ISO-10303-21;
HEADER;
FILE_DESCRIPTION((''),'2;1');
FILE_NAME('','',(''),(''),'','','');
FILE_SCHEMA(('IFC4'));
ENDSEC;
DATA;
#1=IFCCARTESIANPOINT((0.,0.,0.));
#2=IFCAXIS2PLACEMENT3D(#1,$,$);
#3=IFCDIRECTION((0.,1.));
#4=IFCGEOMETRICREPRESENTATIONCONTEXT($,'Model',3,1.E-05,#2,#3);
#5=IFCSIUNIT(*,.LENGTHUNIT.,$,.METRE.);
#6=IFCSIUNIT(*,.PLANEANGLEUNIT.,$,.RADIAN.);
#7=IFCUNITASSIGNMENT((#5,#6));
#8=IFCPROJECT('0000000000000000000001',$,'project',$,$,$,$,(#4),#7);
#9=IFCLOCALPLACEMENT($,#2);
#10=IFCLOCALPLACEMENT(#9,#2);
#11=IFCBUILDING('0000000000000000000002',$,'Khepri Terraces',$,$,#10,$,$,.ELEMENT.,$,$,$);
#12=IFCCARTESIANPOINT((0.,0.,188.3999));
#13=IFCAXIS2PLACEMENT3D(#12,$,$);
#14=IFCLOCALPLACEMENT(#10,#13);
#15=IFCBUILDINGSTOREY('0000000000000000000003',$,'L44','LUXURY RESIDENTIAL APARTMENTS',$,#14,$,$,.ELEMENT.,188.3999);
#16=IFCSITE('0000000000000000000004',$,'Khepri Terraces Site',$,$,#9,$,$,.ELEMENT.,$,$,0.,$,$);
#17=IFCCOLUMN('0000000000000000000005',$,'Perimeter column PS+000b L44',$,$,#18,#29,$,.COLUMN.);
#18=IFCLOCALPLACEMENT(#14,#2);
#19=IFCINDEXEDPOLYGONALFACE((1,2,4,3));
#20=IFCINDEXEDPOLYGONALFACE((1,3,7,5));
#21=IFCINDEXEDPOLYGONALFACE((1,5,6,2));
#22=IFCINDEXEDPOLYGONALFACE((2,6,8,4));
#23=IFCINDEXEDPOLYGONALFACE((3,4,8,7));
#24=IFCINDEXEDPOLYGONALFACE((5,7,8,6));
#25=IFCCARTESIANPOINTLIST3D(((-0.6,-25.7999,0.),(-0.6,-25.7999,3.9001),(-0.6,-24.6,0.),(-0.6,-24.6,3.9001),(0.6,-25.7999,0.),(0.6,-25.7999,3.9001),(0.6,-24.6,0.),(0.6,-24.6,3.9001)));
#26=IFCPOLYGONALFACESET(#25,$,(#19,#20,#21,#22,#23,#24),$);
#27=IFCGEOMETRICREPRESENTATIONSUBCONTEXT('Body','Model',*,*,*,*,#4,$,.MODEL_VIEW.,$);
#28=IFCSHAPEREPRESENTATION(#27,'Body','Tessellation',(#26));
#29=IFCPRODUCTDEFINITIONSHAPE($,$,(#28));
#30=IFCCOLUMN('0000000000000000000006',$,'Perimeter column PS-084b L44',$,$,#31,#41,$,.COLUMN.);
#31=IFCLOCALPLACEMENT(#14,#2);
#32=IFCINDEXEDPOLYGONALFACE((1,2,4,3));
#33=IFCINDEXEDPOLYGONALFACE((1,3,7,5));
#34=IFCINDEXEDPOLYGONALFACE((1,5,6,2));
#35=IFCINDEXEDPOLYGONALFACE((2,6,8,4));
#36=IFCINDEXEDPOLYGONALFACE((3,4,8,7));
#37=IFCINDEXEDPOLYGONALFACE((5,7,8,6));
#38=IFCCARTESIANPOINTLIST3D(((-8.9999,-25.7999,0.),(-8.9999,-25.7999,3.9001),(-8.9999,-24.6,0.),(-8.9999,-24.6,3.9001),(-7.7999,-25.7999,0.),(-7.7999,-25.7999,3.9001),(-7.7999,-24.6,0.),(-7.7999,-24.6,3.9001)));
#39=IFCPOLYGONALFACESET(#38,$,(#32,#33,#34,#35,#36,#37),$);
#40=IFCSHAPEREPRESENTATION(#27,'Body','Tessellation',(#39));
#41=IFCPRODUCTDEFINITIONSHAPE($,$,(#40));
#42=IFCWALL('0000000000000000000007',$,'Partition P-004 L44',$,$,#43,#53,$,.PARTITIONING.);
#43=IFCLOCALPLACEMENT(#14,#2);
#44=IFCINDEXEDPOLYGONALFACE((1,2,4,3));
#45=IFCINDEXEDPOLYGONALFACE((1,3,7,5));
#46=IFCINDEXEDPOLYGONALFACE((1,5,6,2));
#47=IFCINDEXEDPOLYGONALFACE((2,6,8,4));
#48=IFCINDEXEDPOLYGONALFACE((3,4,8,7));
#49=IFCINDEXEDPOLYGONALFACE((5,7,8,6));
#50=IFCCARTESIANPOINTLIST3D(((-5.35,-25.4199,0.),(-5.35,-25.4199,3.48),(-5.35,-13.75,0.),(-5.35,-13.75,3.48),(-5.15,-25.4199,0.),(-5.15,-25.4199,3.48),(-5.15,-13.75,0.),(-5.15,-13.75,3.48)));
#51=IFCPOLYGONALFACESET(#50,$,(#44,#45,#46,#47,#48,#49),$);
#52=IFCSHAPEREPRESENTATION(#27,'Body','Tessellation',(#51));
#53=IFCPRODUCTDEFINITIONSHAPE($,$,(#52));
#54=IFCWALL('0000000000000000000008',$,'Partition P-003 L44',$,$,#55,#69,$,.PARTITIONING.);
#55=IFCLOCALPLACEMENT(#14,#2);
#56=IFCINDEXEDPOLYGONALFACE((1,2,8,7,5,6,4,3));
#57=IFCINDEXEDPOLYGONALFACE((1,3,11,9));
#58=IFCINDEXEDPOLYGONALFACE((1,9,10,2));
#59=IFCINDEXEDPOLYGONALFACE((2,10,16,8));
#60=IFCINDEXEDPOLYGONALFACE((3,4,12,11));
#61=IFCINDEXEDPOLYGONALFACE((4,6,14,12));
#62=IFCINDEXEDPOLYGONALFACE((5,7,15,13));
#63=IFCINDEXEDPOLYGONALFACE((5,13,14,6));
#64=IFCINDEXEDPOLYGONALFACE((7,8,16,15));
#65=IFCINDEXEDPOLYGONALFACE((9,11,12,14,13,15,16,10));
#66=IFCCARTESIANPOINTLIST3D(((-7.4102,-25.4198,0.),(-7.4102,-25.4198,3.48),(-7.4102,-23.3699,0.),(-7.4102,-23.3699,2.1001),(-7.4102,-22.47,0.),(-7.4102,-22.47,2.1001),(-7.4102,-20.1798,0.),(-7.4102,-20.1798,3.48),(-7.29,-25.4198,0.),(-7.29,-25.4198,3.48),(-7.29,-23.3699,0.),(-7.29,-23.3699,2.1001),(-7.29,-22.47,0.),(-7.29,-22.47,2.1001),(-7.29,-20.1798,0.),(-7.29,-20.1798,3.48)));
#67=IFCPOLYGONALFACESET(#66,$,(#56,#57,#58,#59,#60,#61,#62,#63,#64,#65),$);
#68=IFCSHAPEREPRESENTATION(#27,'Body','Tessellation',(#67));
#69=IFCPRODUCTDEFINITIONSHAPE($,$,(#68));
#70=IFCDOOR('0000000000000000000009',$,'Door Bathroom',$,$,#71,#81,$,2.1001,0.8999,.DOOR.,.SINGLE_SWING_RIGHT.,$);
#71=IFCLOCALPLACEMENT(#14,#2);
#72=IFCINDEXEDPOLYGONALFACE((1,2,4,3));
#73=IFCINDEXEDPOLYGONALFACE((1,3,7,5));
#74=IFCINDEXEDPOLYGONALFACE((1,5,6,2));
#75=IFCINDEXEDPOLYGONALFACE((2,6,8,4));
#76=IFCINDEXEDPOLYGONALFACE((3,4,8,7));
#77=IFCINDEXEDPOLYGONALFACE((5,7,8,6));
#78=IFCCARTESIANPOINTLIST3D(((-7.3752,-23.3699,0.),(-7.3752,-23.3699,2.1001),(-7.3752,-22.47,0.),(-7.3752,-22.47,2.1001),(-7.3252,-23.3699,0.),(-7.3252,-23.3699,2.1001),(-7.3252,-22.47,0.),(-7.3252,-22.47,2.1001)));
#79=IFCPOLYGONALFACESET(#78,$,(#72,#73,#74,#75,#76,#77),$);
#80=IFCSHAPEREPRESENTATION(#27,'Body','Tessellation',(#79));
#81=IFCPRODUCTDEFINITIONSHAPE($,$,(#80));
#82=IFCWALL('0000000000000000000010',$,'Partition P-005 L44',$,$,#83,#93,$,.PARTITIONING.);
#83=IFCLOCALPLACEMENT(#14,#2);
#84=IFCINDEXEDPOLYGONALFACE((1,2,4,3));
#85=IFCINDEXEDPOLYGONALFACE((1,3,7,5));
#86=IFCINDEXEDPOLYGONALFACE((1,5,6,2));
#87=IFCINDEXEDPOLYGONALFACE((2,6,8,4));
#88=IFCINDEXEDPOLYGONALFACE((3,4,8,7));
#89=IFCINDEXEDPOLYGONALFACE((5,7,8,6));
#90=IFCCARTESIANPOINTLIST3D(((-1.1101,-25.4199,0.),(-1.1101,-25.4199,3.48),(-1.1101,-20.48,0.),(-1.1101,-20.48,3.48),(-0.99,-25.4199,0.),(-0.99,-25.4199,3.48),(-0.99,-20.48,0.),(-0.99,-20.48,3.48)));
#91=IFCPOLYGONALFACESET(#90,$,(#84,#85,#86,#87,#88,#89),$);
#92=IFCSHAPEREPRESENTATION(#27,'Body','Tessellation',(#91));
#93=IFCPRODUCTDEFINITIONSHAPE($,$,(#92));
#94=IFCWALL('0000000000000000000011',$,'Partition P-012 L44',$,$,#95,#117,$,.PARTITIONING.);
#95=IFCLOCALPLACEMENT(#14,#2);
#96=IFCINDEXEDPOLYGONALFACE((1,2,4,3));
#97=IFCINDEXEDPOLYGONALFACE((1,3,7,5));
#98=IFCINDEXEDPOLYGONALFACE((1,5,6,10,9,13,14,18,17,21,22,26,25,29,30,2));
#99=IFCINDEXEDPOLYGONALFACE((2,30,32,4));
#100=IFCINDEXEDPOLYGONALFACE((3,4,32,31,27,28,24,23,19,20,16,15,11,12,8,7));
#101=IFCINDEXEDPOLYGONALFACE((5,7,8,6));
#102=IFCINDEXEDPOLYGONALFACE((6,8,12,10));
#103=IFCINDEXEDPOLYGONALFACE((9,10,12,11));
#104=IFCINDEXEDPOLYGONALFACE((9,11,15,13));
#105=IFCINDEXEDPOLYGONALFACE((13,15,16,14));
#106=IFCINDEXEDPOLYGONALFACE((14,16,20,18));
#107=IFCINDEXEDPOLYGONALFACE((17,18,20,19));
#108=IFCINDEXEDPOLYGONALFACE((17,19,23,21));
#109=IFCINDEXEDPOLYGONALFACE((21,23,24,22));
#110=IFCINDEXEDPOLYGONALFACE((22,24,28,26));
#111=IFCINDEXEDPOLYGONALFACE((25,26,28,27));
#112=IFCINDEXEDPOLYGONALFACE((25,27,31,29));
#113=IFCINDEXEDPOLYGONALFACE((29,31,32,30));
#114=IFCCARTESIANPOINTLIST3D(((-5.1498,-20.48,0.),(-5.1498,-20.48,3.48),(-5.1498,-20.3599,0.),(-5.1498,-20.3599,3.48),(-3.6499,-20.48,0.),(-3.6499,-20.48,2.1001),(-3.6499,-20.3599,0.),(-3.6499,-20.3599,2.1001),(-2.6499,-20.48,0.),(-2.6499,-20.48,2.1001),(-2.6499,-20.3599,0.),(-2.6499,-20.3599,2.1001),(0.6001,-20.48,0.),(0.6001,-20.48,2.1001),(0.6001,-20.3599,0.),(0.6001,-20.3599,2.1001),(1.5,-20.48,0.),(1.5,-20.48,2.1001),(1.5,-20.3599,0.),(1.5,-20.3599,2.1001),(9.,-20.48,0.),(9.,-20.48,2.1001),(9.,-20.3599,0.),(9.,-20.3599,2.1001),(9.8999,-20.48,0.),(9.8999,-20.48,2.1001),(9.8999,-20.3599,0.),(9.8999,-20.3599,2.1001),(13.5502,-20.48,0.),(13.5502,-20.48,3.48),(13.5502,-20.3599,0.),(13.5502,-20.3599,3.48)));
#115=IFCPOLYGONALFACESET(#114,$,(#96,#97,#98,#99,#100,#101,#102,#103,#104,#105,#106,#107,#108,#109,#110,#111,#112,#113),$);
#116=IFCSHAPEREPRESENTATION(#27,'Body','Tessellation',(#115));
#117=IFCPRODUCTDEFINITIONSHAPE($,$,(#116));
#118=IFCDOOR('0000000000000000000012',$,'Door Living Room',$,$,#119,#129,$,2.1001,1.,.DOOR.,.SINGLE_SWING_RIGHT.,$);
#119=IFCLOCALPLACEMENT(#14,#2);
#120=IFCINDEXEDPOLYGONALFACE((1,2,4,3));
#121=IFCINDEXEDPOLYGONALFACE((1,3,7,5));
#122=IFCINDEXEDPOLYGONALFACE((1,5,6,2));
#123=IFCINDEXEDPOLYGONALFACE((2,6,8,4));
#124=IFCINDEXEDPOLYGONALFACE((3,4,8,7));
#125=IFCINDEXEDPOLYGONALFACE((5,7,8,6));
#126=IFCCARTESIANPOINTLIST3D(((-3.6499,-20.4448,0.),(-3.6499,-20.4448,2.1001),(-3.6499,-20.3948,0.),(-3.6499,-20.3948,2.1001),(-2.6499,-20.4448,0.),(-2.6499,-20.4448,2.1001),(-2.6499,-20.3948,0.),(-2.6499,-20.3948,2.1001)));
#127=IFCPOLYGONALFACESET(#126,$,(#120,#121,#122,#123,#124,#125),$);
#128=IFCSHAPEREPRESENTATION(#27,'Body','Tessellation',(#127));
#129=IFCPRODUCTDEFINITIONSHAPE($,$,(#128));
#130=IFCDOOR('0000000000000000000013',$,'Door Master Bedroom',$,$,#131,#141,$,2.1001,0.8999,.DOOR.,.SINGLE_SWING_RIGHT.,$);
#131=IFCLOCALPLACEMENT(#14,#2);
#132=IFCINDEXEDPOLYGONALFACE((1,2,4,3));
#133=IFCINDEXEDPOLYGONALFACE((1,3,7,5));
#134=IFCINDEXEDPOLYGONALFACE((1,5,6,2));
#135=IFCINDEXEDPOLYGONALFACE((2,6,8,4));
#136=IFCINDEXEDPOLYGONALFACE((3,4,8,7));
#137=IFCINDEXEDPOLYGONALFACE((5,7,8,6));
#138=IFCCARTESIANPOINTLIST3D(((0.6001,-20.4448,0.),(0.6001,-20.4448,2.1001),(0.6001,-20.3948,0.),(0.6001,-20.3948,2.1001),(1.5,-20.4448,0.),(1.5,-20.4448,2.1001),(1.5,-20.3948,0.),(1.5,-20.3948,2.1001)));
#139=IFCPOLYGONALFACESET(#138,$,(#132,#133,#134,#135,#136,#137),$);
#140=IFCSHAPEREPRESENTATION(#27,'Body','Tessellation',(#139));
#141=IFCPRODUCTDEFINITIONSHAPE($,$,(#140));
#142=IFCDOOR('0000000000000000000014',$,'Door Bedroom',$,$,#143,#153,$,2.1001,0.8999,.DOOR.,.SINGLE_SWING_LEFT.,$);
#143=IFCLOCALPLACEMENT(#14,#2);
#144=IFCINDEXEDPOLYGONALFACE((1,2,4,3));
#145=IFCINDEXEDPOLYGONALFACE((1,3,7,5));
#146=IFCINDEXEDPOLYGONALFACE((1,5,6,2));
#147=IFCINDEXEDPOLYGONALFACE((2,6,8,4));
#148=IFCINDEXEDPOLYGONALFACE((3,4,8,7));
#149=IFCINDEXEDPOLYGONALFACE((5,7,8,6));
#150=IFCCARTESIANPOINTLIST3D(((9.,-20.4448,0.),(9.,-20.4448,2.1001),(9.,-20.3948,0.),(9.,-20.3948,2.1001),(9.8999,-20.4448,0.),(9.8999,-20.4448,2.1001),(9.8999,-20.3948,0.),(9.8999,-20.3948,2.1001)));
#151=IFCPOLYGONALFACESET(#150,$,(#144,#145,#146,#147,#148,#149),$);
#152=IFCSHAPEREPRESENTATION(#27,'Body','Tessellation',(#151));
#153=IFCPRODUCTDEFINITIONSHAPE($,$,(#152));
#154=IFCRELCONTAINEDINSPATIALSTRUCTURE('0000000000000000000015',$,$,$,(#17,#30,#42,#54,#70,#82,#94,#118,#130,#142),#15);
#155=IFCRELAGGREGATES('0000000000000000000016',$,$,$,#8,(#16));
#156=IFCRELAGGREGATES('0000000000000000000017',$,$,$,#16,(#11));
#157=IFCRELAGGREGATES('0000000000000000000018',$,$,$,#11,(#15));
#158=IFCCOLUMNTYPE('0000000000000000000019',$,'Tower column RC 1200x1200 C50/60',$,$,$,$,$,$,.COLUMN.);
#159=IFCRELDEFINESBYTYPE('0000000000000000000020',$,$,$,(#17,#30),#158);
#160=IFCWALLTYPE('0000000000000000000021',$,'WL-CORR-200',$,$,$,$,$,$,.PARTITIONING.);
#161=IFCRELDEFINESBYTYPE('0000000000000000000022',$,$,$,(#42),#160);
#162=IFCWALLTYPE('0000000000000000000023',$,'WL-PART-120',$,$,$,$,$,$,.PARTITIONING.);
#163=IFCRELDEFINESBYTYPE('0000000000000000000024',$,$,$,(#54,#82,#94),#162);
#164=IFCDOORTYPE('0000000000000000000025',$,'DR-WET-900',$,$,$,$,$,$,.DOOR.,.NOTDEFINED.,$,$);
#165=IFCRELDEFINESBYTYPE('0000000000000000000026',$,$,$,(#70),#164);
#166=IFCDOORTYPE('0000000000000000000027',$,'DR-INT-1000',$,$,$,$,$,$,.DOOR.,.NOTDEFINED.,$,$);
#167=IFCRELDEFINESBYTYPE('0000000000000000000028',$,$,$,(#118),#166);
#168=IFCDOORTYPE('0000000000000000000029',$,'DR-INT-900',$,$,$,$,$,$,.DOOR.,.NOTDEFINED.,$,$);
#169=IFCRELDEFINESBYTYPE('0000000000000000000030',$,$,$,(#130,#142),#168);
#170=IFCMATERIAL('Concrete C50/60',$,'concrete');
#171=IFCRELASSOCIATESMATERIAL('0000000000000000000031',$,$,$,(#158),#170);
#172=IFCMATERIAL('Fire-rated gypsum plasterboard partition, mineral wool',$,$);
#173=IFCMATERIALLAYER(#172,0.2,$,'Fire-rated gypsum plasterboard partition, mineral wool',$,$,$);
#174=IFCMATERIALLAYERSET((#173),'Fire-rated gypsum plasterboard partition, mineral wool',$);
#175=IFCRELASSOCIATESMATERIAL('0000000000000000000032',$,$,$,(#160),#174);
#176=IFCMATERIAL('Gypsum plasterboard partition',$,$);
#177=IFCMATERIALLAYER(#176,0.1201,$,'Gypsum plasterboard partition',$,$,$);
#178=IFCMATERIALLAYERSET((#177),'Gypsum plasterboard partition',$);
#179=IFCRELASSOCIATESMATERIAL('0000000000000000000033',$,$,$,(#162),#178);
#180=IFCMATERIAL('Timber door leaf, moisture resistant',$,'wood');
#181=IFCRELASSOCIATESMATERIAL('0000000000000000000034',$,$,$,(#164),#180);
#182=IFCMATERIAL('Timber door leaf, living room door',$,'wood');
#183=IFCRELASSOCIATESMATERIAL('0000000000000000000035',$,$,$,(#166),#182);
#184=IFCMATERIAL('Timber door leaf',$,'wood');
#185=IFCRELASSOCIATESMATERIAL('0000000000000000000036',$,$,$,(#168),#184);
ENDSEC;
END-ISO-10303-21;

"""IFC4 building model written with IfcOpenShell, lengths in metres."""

from ifc_helpers import new_model, si_unit, direction, frame, frame_2d, origin, origin_2d, place, context, subcontext, project, spatial, rectangle, extrude, material, layer, layer_set, material_profile, profile_set, type_object, element, fill, save


model = new_model("IFC4")

# Units and contexts
model_context = context("Model", 3, precision=1e-05, world=origin(), true_north=direction((0.0, 1.0)))
body_context = subcontext(model_context, "Body", "Model", "MODEL_VIEW")
ifc_project = project(units=[si_unit("LENGTHUNIT", "METRE"), si_unit("PLANEANGLEUNIT", "RADIAN")], contexts=[model_context])

# Site, building, storey
site_placement = place(None, origin())
site = spatial("IfcSite", under=ifc_project, at=site_placement, Name="Khepri Terraces Site", CompositionType="ELEMENT", RefElevation=0.0)
building_placement = place(site_placement, origin())
building = spatial("IfcBuilding", under=site, at=building_placement, Name="Khepri Terraces", CompositionType="ELEMENT")
storey_placement = place(building_placement, frame((0.0, 0.0, 188.3999)))
storey = spatial("IfcBuildingStorey", under=building, at=storey_placement, Name="L44", Description="LUXURY RESIDENTIAL APARTMENTS", CompositionType="ELEMENT", Elevation=188.3999)

# Columns
ifc_material_1 = material(Name="Concrete C50/60", Category="concrete")
ifc_material_profile = material_profile(ifc_material_1, rectangle(XDim=1.2, YDim=1.2, at=origin_2d()), Name="Concrete C50/60", Category="concrete")
ifc_profile_set = profile_set([ifc_material_profile], Name="Concrete C50/60")
column_type = type_object("IfcColumnType", Name="Tower column RC 1200x1200 C50/60", PredefinedType="COLUMN", material=ifc_profile_set)
for number, where, z_axis, x_axis, name in (
    (1, (0.0, -25.2, 0.0), (0.0, 0.0, 1.0), (1.0, 0.0, 0.0), "Perimeter column PS+000b L44"),
    (2, (-8.3999, -25.2, 0.0), (0.0, 0.0, 1.0), (1.0, 0.0, 0.0), "Perimeter column PS-084b L44"),
):
    element("IfcColumn", number, at=place(storey_placement, frame(where, z_axis=z_axis, x_axis=x_axis)), inside=storey, type_object=column_type, Name=name, PredefinedType="COLUMN", context=body_context, shape_type="SweptSolid", body=[
        extrude(rectangle(XDim=1.2, YDim=1.2, at=origin_2d()), origin(), (0.0, 0.0, 1.0), 3.9001),
    ])

# Wall
ifc_material_2 = material(Name="Fire-rated gypsum plasterboard partition, mineral wool")
ifc_layer_1 = layer(ifc_material_2, 0.2, Name="Fire-rated gypsum plasterboard partition, mineral wool")
ifc_layer_set_1 = layer_set([ifc_layer_1], Name="Fire-rated gypsum plasterboard partition, mineral wool")
wall_type_1 = type_object("IfcWallType", Name="WL-CORR-200", PredefinedType="PARTITIONING", material=ifc_layer_set_1)
wall_1_placement = place(storey_placement, frame((-5.25, -25.4199, 0.0), z_axis=(0.0, 0.0, 1.0), x_axis=(0.0, 1.0, 0.0)))
element("IfcWall", 3, at=wall_1_placement, inside=storey, type_object=wall_type_1, Name="Partition P-004 L44", PredefinedType="PARTITIONING", context=body_context, shape_type="SweptSolid", body=[
    extrude(rectangle(XDim=11.6699, YDim=0.2, at=frame_2d((5.835, 0.0))), origin(), (0.0, 0.0, 1.0), 3.48),
])

# Wall, opening, door
ifc_material_3 = material(Name="Gypsum plasterboard partition")
ifc_layer_2 = layer(ifc_material_3, 0.1201, Name="Gypsum plasterboard partition")
ifc_layer_set_2 = layer_set([ifc_layer_2], Name="Gypsum plasterboard partition")
wall_type_2 = type_object("IfcWallType", Name="WL-PART-120", PredefinedType="PARTITIONING", material=ifc_layer_set_2)
wall_2_placement = place(storey_placement, frame((-7.3501, -25.4199, 0.0), z_axis=(0.0, 0.0, 1.0), x_axis=(0.0, 1.0, 0.0)))
wall_2 = element("IfcWall", 4, at=wall_2_placement, inside=storey, type_object=wall_type_2, Name="Partition P-003 L44", PredefinedType="PARTITIONING", context=body_context, shape_type="SweptSolid", body=[
    extrude(rectangle(XDim=5.24, YDim=0.1201, at=frame_2d((2.6201, 0.0))), origin(), (0.0, 0.0, 1.0), 3.48),
])
opening_1_placement = place(wall_2_placement, frame((2.05, 0.0, 0.0)))
opening_1 = element("IfcOpeningElement", 5, at=opening_1_placement, cuts=wall_2, PredefinedType="OPENING", context=body_context, shape_type="SweptSolid", body=[
    extrude(rectangle(XDim=0.8999, YDim=2.1001, at=frame_2d((0.45, 1.05))), frame((0.0, 0.0701, 0.0), z_axis=(0.0, -1.0, 0.0), x_axis=(1.0, 0.0, 0.0)), (0.0, 0.0, 1.0), 0.1401),
])
ifc_material_4 = material(Name="Timber door leaf, moisture resistant", Category="wood")
door_type_1 = type_object("IfcDoorType", Name="DR-WET-900", OperationType="NOTDEFINED", PredefinedType="DOOR", material=ifc_material_4)
door_1_placement = place(opening_1_placement, frame((0.8999, 0.0, 0.0), z_axis=(0.0, 0.0, 1.0), x_axis=(-1.0, 0.0, 0.0)))
door_1 = element("IfcDoor", 6, at=door_1_placement, inside=storey, type_object=door_type_1, Name="Door Bathroom", OperationType="SINGLE_SWING_RIGHT", OverallHeight=2.1001, OverallWidth=0.8999, PredefinedType="DOOR", context=body_context, shape_type="SweptSolid", body=[
    extrude(rectangle(XDim=0.8999, YDim=2.1001, at=frame_2d((0.45, 1.05))), frame((0.0, 0.0249, 0.0), z_axis=(0.0, -1.0, 0.0), x_axis=(1.0, 0.0, 0.0)), (0.0, 0.0, 1.0), 0.05),
])
fill(opening_1, door_1)

# Wall
wall_3_placement = place(storey_placement, frame((-1.05, -25.4199, 0.0), z_axis=(0.0, 0.0, 1.0), x_axis=(0.0, 1.0, 0.0)))
element("IfcWall", 7, at=wall_3_placement, inside=storey, type_object=wall_type_2, Name="Partition P-005 L44", PredefinedType="PARTITIONING", context=body_context, shape_type="SweptSolid", body=[
    extrude(rectangle(XDim=4.9399, YDim=0.1201, at=frame_2d((2.47, 0.0))), origin(), (0.0, 0.0, 1.0), 3.48),
])

# Wall, openings, doors
wall_4_placement = place(storey_placement, frame((-5.1499, -20.4199, 0.0), z_axis=(0.0, 0.0, 1.0), x_axis=(1.0, 0.0, 0.0)))
wall_4 = element("IfcWall", 8, at=wall_4_placement, inside=storey, type_object=wall_type_2, Name="Partition P-012 L44", PredefinedType="PARTITIONING", context=body_context, shape_type="SweptSolid", body=[
    extrude(rectangle(XDim=18.7, YDim=0.1201, at=frame_2d((9.3501, 0.0))), origin(), (0.0, 0.0, 1.0), 3.48),
])
opening_2_placement = place(wall_4_placement, frame((1.5, 0.0, 0.0)))
opening_2 = element("IfcOpeningElement", 9, at=opening_2_placement, cuts=wall_4, PredefinedType="OPENING", context=body_context, shape_type="SweptSolid", body=[
    extrude(rectangle(XDim=1.0, YDim=2.1001, at=frame_2d((0.5, 1.05))), frame((0.0, 0.0701, 0.0), z_axis=(0.0, -1.0, 0.0), x_axis=(1.0, 0.0, 0.0)), (0.0, 0.0, 1.0), 0.1401),
])
opening_3_placement = place(wall_4_placement, frame((5.75, 0.0, 0.0)))
opening_3 = element("IfcOpeningElement", 10, at=opening_3_placement, cuts=wall_4, PredefinedType="OPENING", context=body_context, shape_type="SweptSolid", body=[
    extrude(rectangle(XDim=0.8999, YDim=2.1001, at=frame_2d((0.45, 1.05))), frame((0.0, 0.0701, 0.0), z_axis=(0.0, -1.0, 0.0), x_axis=(1.0, 0.0, 0.0)), (0.0, 0.0, 1.0), 0.1401),
])
opening_4_placement = place(wall_4_placement, frame((14.1499, 0.0, 0.0)))
opening_4 = element("IfcOpeningElement", 11, at=opening_4_placement, cuts=wall_4, PredefinedType="OPENING", context=body_context, shape_type="SweptSolid", body=[
    extrude(rectangle(XDim=0.8999, YDim=2.1001, at=frame_2d((0.45, 1.05))), frame((0.0, 0.0701, 0.0), z_axis=(0.0, -1.0, 0.0), x_axis=(1.0, 0.0, 0.0)), (0.0, 0.0, 1.0), 0.1401),
])
ifc_material_5 = material(Name="Timber door leaf, living room door", Category="wood")
door_type_2 = type_object("IfcDoorType", Name="DR-INT-1000", OperationType="NOTDEFINED", PredefinedType="DOOR", material=ifc_material_5)
door_2_placement = place(opening_2_placement, frame((1.0, 0.0, 0.0), z_axis=(0.0, 0.0, 1.0), x_axis=(-1.0, 0.0, 0.0)))
door_2 = element("IfcDoor", 12, at=door_2_placement, inside=storey, type_object=door_type_2, Name="Door Living Room", OperationType="SINGLE_SWING_RIGHT", OverallHeight=2.1001, OverallWidth=1.0, PredefinedType="DOOR", context=body_context, shape_type="SweptSolid", body=[
    extrude(rectangle(XDim=1.0, YDim=2.1001, at=frame_2d((0.5, 1.05))), frame((0.0, 0.0249, 0.0), z_axis=(0.0, -1.0, 0.0), x_axis=(1.0, 0.0, 0.0)), (0.0, 0.0, 1.0), 0.05),
])
fill(opening_2, door_2)
ifc_material_6 = material(Name="Timber door leaf", Category="wood")
door_type_3 = type_object("IfcDoorType", Name="DR-INT-900", OperationType="NOTDEFINED", PredefinedType="DOOR", material=ifc_material_6)
door_3_placement = place(opening_3_placement, frame((0.8999, 0.0, 0.0), z_axis=(0.0, 0.0, 1.0), x_axis=(-1.0, 0.0, 0.0)))
door_3 = element("IfcDoor", 13, at=door_3_placement, inside=storey, type_object=door_type_3, Name="Door Master Bedroom", OperationType="SINGLE_SWING_RIGHT", OverallHeight=2.1001, OverallWidth=0.8999, PredefinedType="DOOR", context=body_context, shape_type="SweptSolid", body=[
    extrude(rectangle(XDim=0.8999, YDim=2.1001, at=frame_2d((0.45, 1.05))), frame((0.0, 0.0249, 0.0), z_axis=(0.0, -1.0, 0.0), x_axis=(1.0, 0.0, 0.0)), (0.0, 0.0, 1.0), 0.05),
])
fill(opening_3, door_3)
door_4_placement = place(opening_4_placement, frame((0.8999, 0.0, 0.0), z_axis=(0.0, 0.0, 1.0), x_axis=(-1.0, 0.0, 0.0)))
door_4 = element("IfcDoor", 14, at=door_4_placement, inside=storey, type_object=door_type_3, Name="Door Bedroom", OperationType="SINGLE_SWING_LEFT", OverallHeight=2.1001, OverallWidth=0.8999, PredefinedType="DOOR", context=body_context, shape_type="SweptSolid", body=[
    extrude(rectangle(XDim=0.8999, YDim=2.1001, at=frame_2d((0.45, 1.05))), frame((0.0, 0.0249, 0.0), z_axis=(0.0, -1.0, 0.0), x_axis=(1.0, 0.0, 0.0)), (0.0, 0.0, 1.0), 0.05),
])
fill(opening_4, door_4)

save(model, "model.ifc")
